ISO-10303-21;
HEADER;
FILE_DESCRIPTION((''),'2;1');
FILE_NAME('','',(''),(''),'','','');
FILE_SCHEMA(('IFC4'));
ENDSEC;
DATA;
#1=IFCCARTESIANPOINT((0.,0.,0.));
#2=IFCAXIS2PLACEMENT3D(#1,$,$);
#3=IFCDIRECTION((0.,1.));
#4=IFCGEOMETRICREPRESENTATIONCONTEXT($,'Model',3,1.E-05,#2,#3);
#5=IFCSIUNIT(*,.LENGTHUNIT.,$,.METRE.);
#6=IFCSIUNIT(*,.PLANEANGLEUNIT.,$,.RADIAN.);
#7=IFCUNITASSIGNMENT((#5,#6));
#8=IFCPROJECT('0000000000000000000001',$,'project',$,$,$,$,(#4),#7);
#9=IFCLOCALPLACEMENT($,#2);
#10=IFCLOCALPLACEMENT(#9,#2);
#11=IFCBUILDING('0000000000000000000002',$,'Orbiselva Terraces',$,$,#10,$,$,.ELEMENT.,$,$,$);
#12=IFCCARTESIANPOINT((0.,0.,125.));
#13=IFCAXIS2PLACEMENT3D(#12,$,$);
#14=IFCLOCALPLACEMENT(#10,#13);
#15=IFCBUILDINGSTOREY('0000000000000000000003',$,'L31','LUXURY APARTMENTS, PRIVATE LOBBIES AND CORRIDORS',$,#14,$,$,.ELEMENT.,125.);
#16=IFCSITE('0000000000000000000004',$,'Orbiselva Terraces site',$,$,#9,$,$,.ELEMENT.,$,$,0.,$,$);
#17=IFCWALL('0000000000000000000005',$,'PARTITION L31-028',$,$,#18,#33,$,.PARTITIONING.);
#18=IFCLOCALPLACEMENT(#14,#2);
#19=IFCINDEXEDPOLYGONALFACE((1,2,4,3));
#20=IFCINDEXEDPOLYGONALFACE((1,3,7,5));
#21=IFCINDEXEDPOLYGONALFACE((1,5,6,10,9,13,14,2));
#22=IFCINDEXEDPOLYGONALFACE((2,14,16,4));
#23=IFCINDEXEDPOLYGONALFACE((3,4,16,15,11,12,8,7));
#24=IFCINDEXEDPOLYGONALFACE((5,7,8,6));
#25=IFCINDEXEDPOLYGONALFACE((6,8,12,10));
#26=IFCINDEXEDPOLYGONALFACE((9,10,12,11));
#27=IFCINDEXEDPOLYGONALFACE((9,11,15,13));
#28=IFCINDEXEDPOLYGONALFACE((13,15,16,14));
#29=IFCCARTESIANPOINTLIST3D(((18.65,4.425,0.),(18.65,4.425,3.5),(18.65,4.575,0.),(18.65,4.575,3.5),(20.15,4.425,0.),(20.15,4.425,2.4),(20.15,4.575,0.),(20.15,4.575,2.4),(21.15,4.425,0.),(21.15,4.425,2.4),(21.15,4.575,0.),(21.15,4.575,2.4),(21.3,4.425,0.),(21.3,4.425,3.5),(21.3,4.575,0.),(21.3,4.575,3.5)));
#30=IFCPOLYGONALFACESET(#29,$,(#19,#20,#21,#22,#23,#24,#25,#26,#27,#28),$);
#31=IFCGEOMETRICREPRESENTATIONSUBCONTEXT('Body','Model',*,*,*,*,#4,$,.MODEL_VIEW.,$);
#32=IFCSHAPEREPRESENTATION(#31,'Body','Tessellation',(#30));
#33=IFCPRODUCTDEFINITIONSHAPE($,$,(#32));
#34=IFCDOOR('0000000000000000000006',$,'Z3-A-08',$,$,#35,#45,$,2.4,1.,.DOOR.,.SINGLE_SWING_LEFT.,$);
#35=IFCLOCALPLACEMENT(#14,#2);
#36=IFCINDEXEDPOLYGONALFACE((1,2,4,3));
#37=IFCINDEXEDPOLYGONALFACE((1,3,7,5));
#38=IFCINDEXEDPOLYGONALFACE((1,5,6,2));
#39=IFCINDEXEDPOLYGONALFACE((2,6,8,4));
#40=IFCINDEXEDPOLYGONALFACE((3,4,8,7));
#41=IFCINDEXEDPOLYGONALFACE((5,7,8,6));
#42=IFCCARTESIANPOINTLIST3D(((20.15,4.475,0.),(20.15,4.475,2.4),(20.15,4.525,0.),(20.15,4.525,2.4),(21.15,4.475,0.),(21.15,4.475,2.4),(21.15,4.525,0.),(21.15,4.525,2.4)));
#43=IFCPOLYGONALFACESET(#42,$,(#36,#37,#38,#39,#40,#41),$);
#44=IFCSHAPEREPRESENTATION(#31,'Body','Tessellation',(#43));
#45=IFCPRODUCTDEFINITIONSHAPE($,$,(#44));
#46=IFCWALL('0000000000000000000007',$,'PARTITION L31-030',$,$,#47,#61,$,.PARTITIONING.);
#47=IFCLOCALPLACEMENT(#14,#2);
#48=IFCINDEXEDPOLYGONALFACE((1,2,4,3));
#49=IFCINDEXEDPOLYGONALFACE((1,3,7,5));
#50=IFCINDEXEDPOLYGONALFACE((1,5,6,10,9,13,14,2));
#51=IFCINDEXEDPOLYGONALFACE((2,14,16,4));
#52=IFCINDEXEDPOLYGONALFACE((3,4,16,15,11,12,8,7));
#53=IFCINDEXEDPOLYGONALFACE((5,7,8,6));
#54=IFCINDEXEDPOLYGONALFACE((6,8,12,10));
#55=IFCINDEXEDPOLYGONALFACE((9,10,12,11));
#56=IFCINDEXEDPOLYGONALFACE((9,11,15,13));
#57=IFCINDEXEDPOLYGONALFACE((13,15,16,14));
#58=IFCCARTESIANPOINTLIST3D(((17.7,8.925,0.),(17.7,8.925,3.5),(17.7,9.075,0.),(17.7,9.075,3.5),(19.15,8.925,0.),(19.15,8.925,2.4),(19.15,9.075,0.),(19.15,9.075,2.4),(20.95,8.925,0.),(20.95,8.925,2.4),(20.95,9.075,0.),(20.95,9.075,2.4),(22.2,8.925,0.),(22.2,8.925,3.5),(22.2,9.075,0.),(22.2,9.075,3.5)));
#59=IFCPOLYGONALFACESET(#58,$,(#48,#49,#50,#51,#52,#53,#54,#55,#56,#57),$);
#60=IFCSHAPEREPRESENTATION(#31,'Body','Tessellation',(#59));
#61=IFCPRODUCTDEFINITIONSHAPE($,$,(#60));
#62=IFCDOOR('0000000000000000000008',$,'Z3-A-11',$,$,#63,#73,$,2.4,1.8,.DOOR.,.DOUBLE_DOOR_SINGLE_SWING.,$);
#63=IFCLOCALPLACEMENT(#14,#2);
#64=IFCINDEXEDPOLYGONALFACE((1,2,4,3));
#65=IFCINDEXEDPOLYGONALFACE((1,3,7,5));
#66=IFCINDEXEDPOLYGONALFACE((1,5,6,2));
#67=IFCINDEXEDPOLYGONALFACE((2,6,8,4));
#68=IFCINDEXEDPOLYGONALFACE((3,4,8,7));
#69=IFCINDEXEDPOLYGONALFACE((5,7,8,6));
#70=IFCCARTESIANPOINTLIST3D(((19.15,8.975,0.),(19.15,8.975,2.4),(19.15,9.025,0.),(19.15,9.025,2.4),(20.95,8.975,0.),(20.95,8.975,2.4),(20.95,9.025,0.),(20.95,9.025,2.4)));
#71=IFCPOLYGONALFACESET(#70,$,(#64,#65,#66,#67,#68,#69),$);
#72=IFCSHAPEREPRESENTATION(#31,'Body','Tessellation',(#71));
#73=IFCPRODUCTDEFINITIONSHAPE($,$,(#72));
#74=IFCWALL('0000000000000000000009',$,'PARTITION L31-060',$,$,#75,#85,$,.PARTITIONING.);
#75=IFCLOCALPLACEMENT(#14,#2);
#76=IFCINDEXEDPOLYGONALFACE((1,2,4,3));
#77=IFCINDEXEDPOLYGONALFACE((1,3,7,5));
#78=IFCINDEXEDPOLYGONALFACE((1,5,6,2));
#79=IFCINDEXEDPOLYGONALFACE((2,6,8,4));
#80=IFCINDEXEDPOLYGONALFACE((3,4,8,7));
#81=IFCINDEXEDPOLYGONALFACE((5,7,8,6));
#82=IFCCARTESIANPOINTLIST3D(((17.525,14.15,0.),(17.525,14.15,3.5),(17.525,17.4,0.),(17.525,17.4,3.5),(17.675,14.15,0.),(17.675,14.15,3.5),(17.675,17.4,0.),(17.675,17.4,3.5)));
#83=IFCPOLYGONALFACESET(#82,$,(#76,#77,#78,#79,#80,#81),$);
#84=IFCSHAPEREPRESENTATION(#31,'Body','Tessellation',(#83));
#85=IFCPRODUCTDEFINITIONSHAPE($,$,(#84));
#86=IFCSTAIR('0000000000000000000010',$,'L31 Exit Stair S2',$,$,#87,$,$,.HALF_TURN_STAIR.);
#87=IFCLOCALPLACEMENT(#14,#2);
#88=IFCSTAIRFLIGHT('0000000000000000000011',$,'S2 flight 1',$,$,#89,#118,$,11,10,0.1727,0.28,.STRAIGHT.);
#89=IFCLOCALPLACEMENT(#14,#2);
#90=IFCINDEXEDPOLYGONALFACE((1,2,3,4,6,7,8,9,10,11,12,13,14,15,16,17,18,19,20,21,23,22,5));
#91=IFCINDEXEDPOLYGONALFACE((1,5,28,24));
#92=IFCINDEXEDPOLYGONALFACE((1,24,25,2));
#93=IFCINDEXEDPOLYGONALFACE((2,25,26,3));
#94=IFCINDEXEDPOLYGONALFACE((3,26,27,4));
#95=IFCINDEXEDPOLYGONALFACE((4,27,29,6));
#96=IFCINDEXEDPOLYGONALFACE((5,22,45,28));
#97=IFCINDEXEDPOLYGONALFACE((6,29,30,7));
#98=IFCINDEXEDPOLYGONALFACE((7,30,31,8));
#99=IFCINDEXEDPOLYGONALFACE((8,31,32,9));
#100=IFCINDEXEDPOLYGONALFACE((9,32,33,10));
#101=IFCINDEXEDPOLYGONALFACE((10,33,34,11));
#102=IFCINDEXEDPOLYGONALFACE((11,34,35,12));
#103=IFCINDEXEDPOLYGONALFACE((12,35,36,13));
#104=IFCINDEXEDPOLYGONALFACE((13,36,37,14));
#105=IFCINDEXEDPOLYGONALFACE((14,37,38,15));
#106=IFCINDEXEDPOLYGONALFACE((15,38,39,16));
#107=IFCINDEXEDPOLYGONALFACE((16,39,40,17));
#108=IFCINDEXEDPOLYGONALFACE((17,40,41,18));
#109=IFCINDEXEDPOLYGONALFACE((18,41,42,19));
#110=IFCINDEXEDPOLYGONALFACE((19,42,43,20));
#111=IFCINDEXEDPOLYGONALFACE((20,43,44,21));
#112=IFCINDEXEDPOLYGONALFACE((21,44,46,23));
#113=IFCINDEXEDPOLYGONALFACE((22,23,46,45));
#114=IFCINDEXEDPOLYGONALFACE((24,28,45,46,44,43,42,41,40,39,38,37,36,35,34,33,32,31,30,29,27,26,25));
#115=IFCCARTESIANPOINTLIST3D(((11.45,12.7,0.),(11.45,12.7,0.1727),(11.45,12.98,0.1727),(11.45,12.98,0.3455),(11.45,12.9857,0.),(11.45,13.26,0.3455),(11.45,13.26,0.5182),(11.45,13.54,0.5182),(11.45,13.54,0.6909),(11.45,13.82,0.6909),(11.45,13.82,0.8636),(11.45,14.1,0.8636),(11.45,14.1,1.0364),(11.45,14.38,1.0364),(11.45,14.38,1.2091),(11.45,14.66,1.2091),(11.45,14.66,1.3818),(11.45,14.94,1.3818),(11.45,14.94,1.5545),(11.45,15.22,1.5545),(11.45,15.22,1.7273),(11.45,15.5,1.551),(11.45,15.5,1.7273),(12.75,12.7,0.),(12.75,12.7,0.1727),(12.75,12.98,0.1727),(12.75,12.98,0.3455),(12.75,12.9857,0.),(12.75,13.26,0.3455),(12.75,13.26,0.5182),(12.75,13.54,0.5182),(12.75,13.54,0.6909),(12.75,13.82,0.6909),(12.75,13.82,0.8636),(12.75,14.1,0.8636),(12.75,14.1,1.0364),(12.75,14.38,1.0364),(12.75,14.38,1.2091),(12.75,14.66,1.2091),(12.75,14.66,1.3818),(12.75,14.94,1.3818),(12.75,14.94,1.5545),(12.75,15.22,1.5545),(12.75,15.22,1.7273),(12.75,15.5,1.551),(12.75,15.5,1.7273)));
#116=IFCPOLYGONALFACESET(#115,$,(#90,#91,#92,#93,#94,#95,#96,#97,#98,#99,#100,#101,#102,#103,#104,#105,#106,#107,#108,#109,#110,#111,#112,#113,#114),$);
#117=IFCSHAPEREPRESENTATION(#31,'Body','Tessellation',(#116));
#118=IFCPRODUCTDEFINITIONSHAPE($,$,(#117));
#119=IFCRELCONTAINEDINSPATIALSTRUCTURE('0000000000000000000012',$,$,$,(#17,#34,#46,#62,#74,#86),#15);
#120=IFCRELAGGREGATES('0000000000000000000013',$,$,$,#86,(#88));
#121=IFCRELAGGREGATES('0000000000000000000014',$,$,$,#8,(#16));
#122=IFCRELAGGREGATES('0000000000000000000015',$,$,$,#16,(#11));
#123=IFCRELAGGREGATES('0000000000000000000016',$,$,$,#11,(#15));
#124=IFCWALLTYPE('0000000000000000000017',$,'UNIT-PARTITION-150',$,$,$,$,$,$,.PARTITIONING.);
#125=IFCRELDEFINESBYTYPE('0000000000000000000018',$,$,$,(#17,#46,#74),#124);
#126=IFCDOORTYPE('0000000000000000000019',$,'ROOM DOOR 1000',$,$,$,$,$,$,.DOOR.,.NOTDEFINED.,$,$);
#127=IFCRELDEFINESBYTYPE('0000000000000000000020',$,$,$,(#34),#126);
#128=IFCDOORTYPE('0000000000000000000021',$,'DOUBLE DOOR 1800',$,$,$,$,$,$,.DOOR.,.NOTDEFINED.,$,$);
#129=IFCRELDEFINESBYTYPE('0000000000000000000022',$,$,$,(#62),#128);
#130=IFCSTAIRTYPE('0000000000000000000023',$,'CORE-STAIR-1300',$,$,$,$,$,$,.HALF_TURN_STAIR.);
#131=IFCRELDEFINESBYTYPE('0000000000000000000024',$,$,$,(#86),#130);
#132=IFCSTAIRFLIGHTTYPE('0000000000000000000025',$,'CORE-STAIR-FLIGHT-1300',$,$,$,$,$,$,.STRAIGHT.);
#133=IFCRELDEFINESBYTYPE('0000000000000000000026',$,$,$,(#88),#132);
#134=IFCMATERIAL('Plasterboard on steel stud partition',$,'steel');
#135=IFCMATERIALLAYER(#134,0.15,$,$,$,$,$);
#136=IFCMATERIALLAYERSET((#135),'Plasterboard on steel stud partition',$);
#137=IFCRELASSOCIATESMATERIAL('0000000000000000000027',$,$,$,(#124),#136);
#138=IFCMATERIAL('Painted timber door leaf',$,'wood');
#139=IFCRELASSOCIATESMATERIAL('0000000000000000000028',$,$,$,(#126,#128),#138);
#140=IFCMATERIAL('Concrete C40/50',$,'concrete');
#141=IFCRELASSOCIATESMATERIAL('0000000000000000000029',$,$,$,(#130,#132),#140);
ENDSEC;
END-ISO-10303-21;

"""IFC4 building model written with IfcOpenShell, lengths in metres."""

from ifc_helpers import new_model, si_unit, direction, frame, frame_2d, origin, place, context, subcontext, project, spatial, polyline, rectangle, outline, extrude, material, layer, layer_set, type_object, element, fill, aggregate, save


model = new_model("IFC4")

# Units and contexts
model_context = context("Model", 3, precision=1e-05, world=origin(), true_north=direction((0.0, 1.0)))
body_context = subcontext(model_context, "Body", "Model", "MODEL_VIEW")
ifc_project = project(units=[si_unit("LENGTHUNIT", "METRE"), si_unit("PLANEANGLEUNIT", "RADIAN")], contexts=[model_context])

# Site, building, storey
site_placement = place(None, origin())
site = spatial("IfcSite", under=ifc_project, at=site_placement, Name="Orbiselva Terraces site", CompositionType="ELEMENT", RefElevation=0.0)
building_placement = place(site_placement, origin())
building = spatial("IfcBuilding", under=site, at=building_placement, Name="Orbiselva Terraces", CompositionType="ELEMENT")
storey_placement = place(building_placement, frame((0.0, 0.0, 125.0)))
storey = spatial("IfcBuildingStorey", under=building, at=storey_placement, Name="L31", Description="LUXURY APARTMENTS, PRIVATE LOBBIES AND CORRIDORS", CompositionType="ELEMENT", Elevation=125.0)

# Walls, openings, doors
ifc_material_1 = material(Name="Plasterboard on steel stud partition", Category="steel")
ifc_material_2 = material(Name="Painted timber door leaf", Category="wood")
ifc_layer_1 = layer(ifc_material_1, 0.15)
ifc_layer_set_1 = layer_set([ifc_layer_1], Name="Plasterboard on steel stud partition")
wall_type_1 = type_object("IfcWallType", Name="UNIT-PARTITION-150", PredefinedType="PARTITIONING", material=ifc_layer_set_1)
wall_1_placement = place(storey_placement, frame((21.3, 4.5, 0.0), z_axis=(0.0, 0.0, 1.0), x_axis=(-1.0, 0.0, 0.0)))
wall_1 = element("IfcWall", 1, at=wall_1_placement, inside=storey, type_object=wall_type_1, Name="PARTITION L31-028", PredefinedType="PARTITIONING", context=body_context, shape_type="SweptSolid", body=[
    extrude(rectangle(XDim=2.65, YDim=0.15, at=frame_2d((1.325, 0.0))), origin(), (0.0, 0.0, 1.0), 3.5),
])
opening_1_placement = place(wall_1_placement, frame((0.15, 0.0, 0.0)))
opening_1 = element("IfcOpeningElement", 2, at=opening_1_placement, cuts=wall_1, PredefinedType="OPENING", context=body_context, shape_type="SweptSolid", body=[
    extrude(rectangle(XDim=1.0, YDim=2.4, at=frame_2d((0.5, 1.2))), frame((0.0, 0.085, 0.0), z_axis=(0.0, -1.0, 0.0), x_axis=(1.0, 0.0, 0.0)), (0.0, 0.0, 1.0), 0.17),
])
door_type_1 = type_object("IfcDoorType", Name="ROOM DOOR 1000", OperationType="NOTDEFINED", PredefinedType="DOOR", material=ifc_material_2)
door_1_placement = place(opening_1_placement, origin())
door_1 = element("IfcDoor", 3, at=door_1_placement, inside=storey, type_object=door_type_1, Name="Z3-A-08", OperationType="SINGLE_SWING_LEFT", OverallHeight=2.4, OverallWidth=1.0, PredefinedType="DOOR", context=body_context, shape_type="SweptSolid", body=[
    extrude(rectangle(XDim=1.0, YDim=2.4, at=frame_2d((0.5, 1.2))), frame((0.0, 0.025, 0.0), z_axis=(0.0, -1.0, 0.0), x_axis=(1.0, 0.0, 0.0)), (0.0, 0.0, 1.0), 0.05),
])
fill(opening_1, door_1)
wall_2_placement = place(storey_placement, frame((17.7, 9.0, 0.0), z_axis=(0.0, 0.0, 1.0), x_axis=(1.0, 0.0, 0.0)))
wall_2 = element("IfcWall", 4, at=wall_2_placement, inside=storey, type_object=wall_type_1, Name="PARTITION L31-030", PredefinedType="PARTITIONING", context=body_context, shape_type="SweptSolid", body=[
    extrude(rectangle(XDim=4.5, YDim=0.15, at=frame_2d((2.25, 0.0))), origin(), (0.0, 0.0, 1.0), 3.5),
])
opening_2_placement = place(wall_2_placement, frame((1.45, 0.0, 0.0)))
opening_2 = element("IfcOpeningElement", 5, at=opening_2_placement, cuts=wall_2, PredefinedType="OPENING", context=body_context, shape_type="SweptSolid", body=[
    extrude(rectangle(XDim=1.8, YDim=2.4, at=frame_2d((0.9, 1.2))), frame((0.0, 0.085, 0.0), z_axis=(0.0, -1.0, 0.0), x_axis=(1.0, 0.0, 0.0)), (0.0, 0.0, 1.0), 0.17),
])
door_type_2 = type_object("IfcDoorType", Name="DOUBLE DOOR 1800", OperationType="NOTDEFINED", PredefinedType="DOOR", material=ifc_material_2)
door_2_placement = place(opening_2_placement, origin())
door_2 = element("IfcDoor", 6, at=door_2_placement, inside=storey, type_object=door_type_2, Name="Z3-A-11", OperationType="DOUBLE_DOOR_SINGLE_SWING", OverallHeight=2.4, OverallWidth=1.8, PredefinedType="DOOR", context=body_context, shape_type="SweptSolid", body=[
    extrude(rectangle(XDim=1.8, YDim=2.4, at=frame_2d((0.9, 1.2))), frame((0.0, 0.025, 0.0), z_axis=(0.0, -1.0, 0.0), x_axis=(1.0, 0.0, 0.0)), (0.0, 0.0, 1.0), 0.05),
])
fill(opening_2, door_2)

# Wall
wall_3_placement = place(storey_placement, frame((17.6, 14.15, 0.0), z_axis=(0.0, 0.0, 1.0), x_axis=(0.0, 1.0, 0.0)))
element("IfcWall", 7, at=wall_3_placement, inside=storey, type_object=wall_type_1, Name="PARTITION L31-060", PredefinedType="PARTITIONING", context=body_context, shape_type="SweptSolid", body=[
    extrude(rectangle(XDim=3.25, YDim=0.15, at=frame_2d((1.625, 0.0))), origin(), (0.0, 0.0, 1.0), 3.5),
])

# Stair, stair flight
ifc_material_3 = material(Name="Concrete C40/50", Category="concrete")
stair_type = type_object("IfcStairType", Name="CORE-STAIR-1300", PredefinedType="HALF_TURN_STAIR", material=ifc_material_3)
stair_placement = place(storey_placement, origin())
stair = element("IfcStair", 8, at=stair_placement, inside=storey, type_object=stair_type, Name="L31 Exit Stair S2", PredefinedType="HALF_TURN_STAIR")
stair_flight_type = type_object("IfcStairFlightType", Name="CORE-STAIR-FLIGHT-1300", PredefinedType="STRAIGHT", material=ifc_material_3)
stair_flight_placement = place(storey_placement, frame((12.1, 12.7, 0.0), z_axis=(0.0, 0.0, 1.0), x_axis=(0.0, 1.0, 0.0)))
stair_flight = element("IfcStairFlight", 9, at=stair_flight_placement, type_object=stair_flight_type, Name="S2 flight 1", NumberOfRisers=11, NumberOfTreads=10, PredefinedType="STRAIGHT", RiserHeight=0.1727, TreadLength=0.28, context=body_context, shape_type="SweptSolid", body=[
    extrude(outline(polyline([(0.0, 0.0), (0.0, 0.1727), (0.28, 0.1727), (0.28, 0.3455), (0.56, 0.3455), (0.56, 0.5182), (0.84, 0.5182), (0.84, 0.6909), (1.12, 0.6909), (1.12, 0.8636), (1.4, 0.8636), (1.4, 1.0364), (1.68, 1.0364), (1.68, 1.2091), (1.96, 1.2091), (1.96, 1.3818), (2.24, 1.3818), (2.24, 1.5545), (2.52, 1.5545), (2.52, 1.7273), (2.8, 1.7273), (2.8, 1.9), (2.8, 1.551), (0.2857, 0.0), (0.0, 0.0)])), frame((0.0, 0.65, 0.0), z_axis=(0.0, -1.0, 0.0), x_axis=(1.0, 0.0, 0.0)), (0.0, 0.0, 1.0), 1.3),
])
aggregate(stair, [stair_flight])

save(model, "model.ifc")
